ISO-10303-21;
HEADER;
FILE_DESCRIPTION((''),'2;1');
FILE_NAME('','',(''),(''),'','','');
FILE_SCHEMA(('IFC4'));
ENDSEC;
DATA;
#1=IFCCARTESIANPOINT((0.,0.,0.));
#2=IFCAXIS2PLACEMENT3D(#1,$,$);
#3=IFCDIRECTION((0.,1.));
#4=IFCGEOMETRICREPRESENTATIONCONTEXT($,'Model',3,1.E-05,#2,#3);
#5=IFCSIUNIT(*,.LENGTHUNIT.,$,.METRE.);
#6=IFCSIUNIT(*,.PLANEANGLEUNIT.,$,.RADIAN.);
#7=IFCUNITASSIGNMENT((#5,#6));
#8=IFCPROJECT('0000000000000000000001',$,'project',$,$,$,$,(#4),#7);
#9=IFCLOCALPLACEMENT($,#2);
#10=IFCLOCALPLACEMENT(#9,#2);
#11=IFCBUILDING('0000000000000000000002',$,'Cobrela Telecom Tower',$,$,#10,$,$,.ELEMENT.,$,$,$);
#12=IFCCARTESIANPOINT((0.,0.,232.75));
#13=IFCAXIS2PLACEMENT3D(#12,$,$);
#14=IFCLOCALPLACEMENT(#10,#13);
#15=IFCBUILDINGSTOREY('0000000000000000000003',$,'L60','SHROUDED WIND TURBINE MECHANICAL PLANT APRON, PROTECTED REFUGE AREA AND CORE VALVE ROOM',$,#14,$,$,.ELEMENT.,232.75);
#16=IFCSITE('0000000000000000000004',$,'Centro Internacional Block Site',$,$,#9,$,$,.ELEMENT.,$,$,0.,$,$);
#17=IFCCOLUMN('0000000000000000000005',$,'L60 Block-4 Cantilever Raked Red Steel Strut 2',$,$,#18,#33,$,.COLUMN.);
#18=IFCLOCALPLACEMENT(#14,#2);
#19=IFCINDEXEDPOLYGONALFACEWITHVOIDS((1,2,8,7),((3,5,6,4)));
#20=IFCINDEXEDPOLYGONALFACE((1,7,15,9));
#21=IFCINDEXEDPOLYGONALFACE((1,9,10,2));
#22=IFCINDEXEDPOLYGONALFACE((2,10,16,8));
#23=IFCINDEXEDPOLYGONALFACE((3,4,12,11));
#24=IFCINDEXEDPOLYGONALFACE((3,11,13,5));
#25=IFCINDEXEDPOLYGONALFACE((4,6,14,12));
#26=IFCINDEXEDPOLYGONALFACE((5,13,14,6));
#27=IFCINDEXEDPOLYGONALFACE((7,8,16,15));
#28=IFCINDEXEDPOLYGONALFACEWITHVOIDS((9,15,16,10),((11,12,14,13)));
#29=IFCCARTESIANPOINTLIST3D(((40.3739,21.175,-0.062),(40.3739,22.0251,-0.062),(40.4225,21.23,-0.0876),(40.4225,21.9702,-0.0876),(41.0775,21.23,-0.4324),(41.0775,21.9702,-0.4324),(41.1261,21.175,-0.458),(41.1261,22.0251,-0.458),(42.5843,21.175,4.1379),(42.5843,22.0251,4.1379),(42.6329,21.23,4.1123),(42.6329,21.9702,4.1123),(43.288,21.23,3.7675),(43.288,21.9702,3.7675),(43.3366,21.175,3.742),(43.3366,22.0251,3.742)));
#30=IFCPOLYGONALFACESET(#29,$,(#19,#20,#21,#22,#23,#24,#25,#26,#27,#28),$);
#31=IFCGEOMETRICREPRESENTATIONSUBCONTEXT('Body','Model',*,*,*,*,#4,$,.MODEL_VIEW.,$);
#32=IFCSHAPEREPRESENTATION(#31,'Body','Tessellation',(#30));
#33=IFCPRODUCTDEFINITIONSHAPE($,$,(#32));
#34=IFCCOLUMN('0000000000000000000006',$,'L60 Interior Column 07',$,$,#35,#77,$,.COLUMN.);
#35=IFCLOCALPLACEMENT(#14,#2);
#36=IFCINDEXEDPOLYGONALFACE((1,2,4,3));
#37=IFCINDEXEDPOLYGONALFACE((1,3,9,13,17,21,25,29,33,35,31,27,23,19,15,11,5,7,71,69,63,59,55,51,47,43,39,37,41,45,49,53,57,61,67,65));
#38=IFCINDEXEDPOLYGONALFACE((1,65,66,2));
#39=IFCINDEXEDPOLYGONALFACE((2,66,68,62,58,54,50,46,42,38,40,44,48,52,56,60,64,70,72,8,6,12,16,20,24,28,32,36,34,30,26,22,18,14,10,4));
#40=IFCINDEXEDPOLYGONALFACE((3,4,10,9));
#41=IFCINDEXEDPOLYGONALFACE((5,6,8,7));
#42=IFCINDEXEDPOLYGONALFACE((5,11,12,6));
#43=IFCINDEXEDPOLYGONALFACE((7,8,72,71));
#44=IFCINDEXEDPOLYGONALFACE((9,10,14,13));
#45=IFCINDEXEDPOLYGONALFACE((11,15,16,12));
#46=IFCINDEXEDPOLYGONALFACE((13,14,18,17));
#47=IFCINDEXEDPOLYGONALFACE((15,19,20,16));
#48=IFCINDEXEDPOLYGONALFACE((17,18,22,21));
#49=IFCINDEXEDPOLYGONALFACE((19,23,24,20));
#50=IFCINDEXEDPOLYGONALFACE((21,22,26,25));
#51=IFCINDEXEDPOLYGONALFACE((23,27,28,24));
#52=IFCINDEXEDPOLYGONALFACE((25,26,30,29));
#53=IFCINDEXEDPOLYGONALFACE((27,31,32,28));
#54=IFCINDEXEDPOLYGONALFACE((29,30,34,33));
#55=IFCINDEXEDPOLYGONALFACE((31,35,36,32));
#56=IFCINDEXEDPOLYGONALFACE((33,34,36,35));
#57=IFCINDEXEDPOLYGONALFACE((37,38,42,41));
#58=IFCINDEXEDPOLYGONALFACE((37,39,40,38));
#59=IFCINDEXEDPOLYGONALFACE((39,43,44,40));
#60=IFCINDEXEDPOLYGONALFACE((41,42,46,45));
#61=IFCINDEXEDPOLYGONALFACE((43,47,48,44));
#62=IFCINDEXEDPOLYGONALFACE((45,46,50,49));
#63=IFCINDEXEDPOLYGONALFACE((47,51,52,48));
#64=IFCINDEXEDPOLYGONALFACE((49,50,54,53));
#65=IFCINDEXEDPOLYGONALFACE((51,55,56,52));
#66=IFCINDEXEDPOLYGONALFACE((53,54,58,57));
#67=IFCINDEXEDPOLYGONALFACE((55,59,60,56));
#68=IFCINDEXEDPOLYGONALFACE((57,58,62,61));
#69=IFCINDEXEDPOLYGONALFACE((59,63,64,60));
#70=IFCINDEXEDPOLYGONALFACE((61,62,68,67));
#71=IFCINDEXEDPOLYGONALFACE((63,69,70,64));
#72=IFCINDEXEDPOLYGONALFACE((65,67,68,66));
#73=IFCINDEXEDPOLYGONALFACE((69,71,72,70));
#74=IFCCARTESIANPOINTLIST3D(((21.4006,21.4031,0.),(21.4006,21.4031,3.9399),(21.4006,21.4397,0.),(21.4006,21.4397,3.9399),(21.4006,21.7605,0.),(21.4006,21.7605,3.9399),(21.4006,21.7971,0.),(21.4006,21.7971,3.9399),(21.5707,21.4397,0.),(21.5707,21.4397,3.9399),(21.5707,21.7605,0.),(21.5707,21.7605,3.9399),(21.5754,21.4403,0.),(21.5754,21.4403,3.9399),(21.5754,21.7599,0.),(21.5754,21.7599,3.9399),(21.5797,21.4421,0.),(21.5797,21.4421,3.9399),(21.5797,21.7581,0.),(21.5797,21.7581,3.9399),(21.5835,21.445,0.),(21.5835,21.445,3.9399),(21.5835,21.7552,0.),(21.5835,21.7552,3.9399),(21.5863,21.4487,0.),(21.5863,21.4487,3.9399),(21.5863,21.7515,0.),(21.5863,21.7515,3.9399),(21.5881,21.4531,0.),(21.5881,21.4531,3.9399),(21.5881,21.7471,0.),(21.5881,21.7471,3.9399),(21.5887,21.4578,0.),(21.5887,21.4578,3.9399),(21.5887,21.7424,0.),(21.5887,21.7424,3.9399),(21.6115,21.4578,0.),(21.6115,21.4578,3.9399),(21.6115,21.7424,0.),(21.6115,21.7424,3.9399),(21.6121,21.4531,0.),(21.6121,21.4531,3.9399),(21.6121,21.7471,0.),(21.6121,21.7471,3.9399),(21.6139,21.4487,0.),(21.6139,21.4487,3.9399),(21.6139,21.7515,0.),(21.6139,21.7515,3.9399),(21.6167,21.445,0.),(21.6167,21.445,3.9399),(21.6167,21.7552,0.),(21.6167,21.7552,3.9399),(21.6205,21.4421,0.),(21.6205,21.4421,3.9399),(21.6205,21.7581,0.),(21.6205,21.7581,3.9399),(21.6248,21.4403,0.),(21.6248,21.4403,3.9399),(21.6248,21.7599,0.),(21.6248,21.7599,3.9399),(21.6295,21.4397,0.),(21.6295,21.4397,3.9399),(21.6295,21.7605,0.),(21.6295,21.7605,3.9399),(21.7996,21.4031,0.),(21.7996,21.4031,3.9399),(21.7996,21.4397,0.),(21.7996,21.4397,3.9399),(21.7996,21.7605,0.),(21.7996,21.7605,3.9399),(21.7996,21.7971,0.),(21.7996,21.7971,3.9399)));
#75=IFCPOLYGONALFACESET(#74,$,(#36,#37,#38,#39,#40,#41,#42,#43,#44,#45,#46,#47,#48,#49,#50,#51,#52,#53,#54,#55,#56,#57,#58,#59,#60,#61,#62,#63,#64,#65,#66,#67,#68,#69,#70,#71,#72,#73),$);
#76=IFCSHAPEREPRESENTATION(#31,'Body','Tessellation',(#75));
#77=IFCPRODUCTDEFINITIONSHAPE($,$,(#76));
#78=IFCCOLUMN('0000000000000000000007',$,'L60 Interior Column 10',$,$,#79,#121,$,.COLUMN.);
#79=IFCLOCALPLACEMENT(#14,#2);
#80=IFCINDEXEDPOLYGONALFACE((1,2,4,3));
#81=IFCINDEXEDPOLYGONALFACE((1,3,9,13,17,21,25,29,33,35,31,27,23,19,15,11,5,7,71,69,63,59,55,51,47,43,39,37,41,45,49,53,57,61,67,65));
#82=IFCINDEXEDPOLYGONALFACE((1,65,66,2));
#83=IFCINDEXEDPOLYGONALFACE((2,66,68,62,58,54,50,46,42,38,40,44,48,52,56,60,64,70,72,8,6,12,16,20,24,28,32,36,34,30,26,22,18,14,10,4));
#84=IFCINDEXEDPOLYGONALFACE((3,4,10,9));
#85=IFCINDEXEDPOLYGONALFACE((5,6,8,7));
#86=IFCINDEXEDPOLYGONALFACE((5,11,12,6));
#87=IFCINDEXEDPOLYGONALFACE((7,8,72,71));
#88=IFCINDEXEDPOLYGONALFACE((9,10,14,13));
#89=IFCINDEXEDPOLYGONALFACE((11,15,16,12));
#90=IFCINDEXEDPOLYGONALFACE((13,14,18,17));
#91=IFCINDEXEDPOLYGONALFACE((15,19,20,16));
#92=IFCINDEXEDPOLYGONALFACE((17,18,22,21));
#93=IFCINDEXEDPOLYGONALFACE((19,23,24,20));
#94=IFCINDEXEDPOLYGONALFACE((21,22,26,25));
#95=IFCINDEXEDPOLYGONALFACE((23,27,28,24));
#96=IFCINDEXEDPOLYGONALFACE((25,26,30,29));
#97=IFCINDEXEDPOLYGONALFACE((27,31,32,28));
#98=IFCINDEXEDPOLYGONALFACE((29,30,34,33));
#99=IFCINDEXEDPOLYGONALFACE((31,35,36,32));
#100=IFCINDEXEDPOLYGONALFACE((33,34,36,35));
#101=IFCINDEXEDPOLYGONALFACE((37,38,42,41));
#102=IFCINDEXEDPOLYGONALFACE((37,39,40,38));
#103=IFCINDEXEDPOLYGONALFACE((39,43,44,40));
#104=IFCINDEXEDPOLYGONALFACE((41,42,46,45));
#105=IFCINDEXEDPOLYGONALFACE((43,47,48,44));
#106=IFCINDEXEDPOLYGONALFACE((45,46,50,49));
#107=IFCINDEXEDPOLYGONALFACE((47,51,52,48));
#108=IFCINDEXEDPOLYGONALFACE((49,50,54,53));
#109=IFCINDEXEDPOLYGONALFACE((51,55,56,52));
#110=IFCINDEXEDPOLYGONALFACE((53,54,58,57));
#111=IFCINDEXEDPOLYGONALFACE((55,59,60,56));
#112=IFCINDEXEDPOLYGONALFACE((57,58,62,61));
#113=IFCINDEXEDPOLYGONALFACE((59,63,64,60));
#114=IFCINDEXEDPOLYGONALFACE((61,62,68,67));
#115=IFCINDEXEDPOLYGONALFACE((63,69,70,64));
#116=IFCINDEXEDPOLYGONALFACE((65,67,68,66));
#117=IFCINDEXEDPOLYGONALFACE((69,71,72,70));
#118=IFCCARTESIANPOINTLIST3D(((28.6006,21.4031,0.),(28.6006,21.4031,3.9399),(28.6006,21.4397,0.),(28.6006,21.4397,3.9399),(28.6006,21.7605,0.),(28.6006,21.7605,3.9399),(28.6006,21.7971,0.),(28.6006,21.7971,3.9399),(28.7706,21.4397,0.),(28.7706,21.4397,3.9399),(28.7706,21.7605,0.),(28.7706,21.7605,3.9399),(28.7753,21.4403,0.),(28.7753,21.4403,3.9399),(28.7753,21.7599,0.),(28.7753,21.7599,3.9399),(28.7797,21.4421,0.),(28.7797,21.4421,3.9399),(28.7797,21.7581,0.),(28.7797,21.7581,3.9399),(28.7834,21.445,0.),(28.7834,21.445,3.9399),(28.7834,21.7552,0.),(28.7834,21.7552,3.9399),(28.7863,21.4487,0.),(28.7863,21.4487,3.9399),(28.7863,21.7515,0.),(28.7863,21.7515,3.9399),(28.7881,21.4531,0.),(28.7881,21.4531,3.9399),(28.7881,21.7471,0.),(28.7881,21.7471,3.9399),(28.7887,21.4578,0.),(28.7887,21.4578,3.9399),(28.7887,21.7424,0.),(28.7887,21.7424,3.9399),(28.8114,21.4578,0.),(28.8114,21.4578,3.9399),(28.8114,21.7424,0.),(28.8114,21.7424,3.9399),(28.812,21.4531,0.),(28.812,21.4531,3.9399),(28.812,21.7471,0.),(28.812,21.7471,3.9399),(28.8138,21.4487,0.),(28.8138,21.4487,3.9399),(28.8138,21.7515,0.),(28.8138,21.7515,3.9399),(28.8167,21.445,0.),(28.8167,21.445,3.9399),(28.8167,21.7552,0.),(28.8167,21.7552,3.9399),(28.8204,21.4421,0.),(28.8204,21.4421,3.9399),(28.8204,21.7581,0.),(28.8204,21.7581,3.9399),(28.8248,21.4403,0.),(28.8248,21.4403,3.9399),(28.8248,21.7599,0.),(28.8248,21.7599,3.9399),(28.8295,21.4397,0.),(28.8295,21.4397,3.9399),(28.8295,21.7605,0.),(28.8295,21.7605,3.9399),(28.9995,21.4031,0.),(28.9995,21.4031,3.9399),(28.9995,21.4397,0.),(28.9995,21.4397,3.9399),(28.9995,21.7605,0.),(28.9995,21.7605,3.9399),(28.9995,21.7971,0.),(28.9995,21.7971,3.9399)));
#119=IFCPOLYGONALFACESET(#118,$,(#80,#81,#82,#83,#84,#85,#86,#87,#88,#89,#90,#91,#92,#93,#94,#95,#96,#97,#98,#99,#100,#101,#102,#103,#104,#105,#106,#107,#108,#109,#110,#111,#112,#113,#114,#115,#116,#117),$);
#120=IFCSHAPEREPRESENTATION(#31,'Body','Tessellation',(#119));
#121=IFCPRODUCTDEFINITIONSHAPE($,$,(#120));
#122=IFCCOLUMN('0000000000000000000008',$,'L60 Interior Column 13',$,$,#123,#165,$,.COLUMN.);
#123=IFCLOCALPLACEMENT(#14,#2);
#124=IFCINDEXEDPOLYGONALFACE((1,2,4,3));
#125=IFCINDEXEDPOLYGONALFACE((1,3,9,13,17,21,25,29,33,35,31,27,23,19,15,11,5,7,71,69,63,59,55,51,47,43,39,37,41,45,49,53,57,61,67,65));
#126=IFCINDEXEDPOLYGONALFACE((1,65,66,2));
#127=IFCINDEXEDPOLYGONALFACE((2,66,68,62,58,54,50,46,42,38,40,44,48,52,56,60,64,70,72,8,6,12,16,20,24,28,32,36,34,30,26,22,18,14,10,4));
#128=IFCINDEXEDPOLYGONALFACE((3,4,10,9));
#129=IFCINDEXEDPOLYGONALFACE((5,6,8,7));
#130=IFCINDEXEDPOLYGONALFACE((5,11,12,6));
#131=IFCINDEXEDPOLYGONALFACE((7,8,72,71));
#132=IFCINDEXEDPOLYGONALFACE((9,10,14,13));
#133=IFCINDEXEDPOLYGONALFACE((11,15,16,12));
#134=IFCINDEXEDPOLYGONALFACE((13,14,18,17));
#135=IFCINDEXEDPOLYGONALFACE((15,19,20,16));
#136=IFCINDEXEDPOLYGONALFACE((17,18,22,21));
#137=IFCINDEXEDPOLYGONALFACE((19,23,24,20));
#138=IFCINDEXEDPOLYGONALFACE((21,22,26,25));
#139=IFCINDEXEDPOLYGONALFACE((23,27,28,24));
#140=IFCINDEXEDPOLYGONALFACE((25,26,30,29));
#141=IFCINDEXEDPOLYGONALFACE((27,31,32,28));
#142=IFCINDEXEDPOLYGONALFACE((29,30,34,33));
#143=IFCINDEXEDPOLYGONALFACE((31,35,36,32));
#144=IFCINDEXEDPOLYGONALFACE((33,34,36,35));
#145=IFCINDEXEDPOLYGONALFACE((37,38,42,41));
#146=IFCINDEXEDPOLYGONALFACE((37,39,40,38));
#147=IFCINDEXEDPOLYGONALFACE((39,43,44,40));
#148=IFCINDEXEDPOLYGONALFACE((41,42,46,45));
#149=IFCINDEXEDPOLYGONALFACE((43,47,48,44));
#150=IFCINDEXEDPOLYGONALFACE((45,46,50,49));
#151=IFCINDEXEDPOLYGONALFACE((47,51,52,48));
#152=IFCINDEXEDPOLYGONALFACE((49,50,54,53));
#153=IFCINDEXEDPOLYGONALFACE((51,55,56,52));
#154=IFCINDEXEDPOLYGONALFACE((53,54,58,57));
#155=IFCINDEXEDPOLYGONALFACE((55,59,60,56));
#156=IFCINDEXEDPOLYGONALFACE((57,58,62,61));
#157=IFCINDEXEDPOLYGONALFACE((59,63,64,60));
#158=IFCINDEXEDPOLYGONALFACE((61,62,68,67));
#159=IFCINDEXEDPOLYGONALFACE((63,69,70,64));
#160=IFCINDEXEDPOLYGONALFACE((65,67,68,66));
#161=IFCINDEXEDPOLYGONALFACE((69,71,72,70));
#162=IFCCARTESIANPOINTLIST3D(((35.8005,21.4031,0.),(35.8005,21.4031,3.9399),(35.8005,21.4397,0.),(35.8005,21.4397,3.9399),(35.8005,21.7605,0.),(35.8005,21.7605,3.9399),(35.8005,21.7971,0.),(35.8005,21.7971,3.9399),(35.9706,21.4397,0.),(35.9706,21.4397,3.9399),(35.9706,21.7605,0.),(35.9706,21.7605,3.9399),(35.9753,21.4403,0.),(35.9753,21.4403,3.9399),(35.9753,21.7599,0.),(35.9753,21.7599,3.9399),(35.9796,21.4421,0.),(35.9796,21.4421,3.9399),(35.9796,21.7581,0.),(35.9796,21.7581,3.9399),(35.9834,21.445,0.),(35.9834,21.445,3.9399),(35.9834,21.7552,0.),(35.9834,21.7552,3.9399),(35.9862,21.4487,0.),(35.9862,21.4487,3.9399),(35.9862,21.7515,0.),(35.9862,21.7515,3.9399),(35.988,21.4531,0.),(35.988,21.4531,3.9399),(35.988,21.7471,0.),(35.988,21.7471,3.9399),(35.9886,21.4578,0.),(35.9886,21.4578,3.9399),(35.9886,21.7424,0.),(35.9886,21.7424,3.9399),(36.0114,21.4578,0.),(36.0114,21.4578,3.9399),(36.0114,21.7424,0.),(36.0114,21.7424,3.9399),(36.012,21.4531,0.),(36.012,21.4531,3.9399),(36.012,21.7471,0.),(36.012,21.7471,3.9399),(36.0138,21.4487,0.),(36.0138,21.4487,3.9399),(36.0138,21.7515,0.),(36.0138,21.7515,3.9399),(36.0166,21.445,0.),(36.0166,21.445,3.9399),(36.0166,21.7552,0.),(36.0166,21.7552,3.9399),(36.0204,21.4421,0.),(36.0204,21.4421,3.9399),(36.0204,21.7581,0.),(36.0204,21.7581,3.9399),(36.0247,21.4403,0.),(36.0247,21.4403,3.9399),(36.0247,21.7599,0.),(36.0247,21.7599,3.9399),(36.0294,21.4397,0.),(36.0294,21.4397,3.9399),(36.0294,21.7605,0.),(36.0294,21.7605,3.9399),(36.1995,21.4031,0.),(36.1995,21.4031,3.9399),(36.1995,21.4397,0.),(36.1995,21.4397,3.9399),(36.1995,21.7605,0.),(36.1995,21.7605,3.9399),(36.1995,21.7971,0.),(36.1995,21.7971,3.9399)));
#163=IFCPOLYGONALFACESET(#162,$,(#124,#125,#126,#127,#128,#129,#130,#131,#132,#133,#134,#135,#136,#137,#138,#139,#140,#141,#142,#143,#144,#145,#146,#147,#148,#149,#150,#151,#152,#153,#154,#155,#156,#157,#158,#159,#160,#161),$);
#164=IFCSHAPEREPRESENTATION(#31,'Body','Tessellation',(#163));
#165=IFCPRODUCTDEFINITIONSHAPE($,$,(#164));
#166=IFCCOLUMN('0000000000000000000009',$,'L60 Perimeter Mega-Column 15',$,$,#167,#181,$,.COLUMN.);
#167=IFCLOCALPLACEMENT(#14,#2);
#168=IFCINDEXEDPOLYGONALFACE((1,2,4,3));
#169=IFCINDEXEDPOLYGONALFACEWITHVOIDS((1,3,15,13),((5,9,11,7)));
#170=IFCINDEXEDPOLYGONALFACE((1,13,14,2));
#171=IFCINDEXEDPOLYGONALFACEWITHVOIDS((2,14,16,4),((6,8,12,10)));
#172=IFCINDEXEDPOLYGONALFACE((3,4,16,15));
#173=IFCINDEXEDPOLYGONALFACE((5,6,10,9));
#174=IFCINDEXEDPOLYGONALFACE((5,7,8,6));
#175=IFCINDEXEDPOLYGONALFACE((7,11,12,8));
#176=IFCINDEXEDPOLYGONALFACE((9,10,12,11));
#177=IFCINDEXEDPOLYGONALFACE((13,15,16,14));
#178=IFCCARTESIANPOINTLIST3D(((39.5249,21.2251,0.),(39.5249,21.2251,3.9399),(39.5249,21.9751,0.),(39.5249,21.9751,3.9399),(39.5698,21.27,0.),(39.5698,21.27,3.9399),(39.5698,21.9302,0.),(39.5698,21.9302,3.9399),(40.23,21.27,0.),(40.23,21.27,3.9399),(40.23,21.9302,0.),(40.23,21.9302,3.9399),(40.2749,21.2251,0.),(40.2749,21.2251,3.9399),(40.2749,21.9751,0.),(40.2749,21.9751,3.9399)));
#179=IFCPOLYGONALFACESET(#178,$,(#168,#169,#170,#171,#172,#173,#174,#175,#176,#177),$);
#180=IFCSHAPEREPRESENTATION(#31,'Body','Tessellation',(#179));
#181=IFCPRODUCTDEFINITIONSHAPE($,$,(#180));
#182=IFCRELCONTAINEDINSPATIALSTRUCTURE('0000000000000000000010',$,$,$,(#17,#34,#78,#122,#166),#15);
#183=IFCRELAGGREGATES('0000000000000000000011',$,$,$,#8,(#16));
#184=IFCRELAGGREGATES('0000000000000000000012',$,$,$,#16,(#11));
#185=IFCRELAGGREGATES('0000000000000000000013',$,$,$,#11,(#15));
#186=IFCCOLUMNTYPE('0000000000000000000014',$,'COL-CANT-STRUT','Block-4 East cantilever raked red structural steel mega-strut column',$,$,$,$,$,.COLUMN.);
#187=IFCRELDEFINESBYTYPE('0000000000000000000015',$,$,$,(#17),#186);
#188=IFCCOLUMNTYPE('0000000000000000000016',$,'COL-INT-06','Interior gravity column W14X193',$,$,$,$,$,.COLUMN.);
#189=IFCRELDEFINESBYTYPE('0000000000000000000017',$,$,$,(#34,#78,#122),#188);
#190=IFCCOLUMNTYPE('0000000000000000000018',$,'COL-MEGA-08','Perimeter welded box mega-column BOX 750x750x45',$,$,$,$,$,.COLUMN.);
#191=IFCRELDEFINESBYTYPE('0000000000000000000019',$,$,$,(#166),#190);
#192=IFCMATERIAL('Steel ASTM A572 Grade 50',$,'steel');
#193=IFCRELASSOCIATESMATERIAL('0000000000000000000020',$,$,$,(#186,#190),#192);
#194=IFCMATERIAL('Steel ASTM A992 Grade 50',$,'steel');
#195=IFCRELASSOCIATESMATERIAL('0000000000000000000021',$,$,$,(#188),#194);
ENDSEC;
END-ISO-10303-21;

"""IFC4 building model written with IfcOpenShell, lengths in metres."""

from ifc_helpers import new_model, si_unit, direction, frame, origin, origin_2d, place, context, subcontext, project, spatial, hollow_rectangle, i_section, extrude, material, material_profile, profile_set, type_object, element, save


model = new_model("IFC4")

# Units and contexts
model_context = context("Model", 3, precision=1e-05, world=origin(), true_north=direction((0.0, 1.0)))
body_context = subcontext(model_context, "Body", "Model", "MODEL_VIEW")
ifc_project = project(units=[si_unit("LENGTHUNIT", "METRE"), si_unit("PLANEANGLEUNIT", "RADIAN")], contexts=[model_context])

# Site, building, storey
site_placement = place(None, origin())
site = spatial("IfcSite", under=ifc_project, at=site_placement, Name="Centro Internacional Block Site", CompositionType="ELEMENT", RefElevation=0.0)
building_placement = place(site_placement, origin())
building = spatial("IfcBuilding", under=site, at=building_placement, Name="Cobrela Telecom Tower", CompositionType="ELEMENT")
storey_placement = place(building_placement, frame((0.0, 0.0, 232.75)))
storey = spatial("IfcBuildingStorey", under=building, at=storey_placement, Name="L60", Description="SHROUDED WIND TURBINE MECHANICAL PLANT APRON, PROTECTED REFUGE AREA AND CORE VALVE ROOM", CompositionType="ELEMENT", Elevation=232.75)

# Columns
ifc_material_1 = material(Name="Steel ASTM A572 Grade 50", Category="steel")
ifc_material_profile_1 = material_profile(ifc_material_1, hollow_rectangle(XDim=0.8501, YDim=0.8501, WallThickness=0.0549, at=origin_2d()), Name="BOX 850x850x55")
ifc_profile_set_1 = profile_set([ifc_material_profile_1], Name="Steel ASTM A572 Grade 50")
column_type_1 = type_object("IfcColumnType", Name="COL-CANT-STRUT", Description="Block-4 East cantilever raked red structural steel mega-strut column", PredefinedType="COLUMN", material=ifc_profile_set_1)
column_1_placement = place(storey_placement, frame((40.75, 21.6001, -0.26), z_axis=(0.465738, 0.0, 0.884923), x_axis=(0.0, 1.0, 0.0)))
element("IfcColumn", 1, at=column_1_placement, inside=storey, type_object=column_type_1, Name="L60 Block-4 Cantilever Raked Red Steel Strut 2", PredefinedType="COLUMN", context=body_context, shape_type="SweptSolid", body=[
    extrude(hollow_rectangle(XDim=0.8501, YDim=0.8501, WallThickness=0.0549, at=origin_2d()), origin(), (0.0, 0.0, 1.0), 4.7461),
])
ifc_material_2 = material(Name="Steel ASTM A992 Grade 50", Category="steel")
ifc_material_profile_2 = material_profile(ifc_material_2, i_section(OverallWidth=0.3989, OverallDepth=0.394, WebThickness=0.0227, FlangeThickness=0.0366, FilletRadius=0.0181, at=origin_2d()), Name="W14X193")
ifc_profile_set_2 = profile_set([ifc_material_profile_2], Name="Steel ASTM A992 Grade 50")
column_type_2 = type_object("IfcColumnType", Name="COL-INT-06", Description="Interior gravity column W14X193", PredefinedType="COLUMN", material=ifc_profile_set_2)
for number, where, z_axis, x_axis, name in (
    (2, (21.6001, 21.6001, 0.0), (0.0, 0.0, 1.0), (1.0, 0.0, 0.0), "L60 Interior Column 07"),
    (3, (28.8, 21.6001, 0.0), (0.0, 0.0, 1.0), (1.0, 0.0, 0.0), "L60 Interior Column 10"),
    (4, (36.0, 21.6001, 0.0), (0.0, 0.0, 1.0), (1.0, 0.0, 0.0), "L60 Interior Column 13"),
):
    element("IfcColumn", number, at=place(storey_placement, frame(where, z_axis=z_axis, x_axis=x_axis)), inside=storey, type_object=column_type_2, Name=name, PredefinedType="COLUMN", context=body_context, shape_type="SweptSolid", body=[
        extrude(i_section(OverallWidth=0.3989, OverallDepth=0.394, WebThickness=0.0227, FlangeThickness=0.0366, FilletRadius=0.0181, at=origin_2d()), origin(), (0.0, 0.0, 1.0), 3.9399),
    ])
ifc_material_profile_3 = material_profile(ifc_material_1, hollow_rectangle(XDim=0.75, YDim=0.75, WallThickness=0.0449, at=origin_2d()), Name="BOX 750x750x45")
ifc_profile_set_3 = profile_set([ifc_material_profile_3], Name="Steel ASTM A572 Grade 50")
column_type_3 = type_object("IfcColumnType", Name="COL-MEGA-08", Description="Perimeter welded box mega-column BOX 750x750x45", PredefinedType="COLUMN", material=ifc_profile_set_3)
column_2_placement = place(storey_placement, frame((39.8999, 21.6001, 0.0), z_axis=(0.0, 0.0, 1.0), x_axis=(1.0, 0.0, 0.0)))
element("IfcColumn", 5, at=column_2_placement, inside=storey, type_object=column_type_3, Name="L60 Perimeter Mega-Column 15", PredefinedType="COLUMN", context=body_context, shape_type="SweptSolid", body=[
    extrude(hollow_rectangle(XDim=0.75, YDim=0.75, WallThickness=0.0449, at=origin_2d()), origin(), (0.0, 0.0, 1.0), 3.9399),
])

save(model, "model.ifc")
